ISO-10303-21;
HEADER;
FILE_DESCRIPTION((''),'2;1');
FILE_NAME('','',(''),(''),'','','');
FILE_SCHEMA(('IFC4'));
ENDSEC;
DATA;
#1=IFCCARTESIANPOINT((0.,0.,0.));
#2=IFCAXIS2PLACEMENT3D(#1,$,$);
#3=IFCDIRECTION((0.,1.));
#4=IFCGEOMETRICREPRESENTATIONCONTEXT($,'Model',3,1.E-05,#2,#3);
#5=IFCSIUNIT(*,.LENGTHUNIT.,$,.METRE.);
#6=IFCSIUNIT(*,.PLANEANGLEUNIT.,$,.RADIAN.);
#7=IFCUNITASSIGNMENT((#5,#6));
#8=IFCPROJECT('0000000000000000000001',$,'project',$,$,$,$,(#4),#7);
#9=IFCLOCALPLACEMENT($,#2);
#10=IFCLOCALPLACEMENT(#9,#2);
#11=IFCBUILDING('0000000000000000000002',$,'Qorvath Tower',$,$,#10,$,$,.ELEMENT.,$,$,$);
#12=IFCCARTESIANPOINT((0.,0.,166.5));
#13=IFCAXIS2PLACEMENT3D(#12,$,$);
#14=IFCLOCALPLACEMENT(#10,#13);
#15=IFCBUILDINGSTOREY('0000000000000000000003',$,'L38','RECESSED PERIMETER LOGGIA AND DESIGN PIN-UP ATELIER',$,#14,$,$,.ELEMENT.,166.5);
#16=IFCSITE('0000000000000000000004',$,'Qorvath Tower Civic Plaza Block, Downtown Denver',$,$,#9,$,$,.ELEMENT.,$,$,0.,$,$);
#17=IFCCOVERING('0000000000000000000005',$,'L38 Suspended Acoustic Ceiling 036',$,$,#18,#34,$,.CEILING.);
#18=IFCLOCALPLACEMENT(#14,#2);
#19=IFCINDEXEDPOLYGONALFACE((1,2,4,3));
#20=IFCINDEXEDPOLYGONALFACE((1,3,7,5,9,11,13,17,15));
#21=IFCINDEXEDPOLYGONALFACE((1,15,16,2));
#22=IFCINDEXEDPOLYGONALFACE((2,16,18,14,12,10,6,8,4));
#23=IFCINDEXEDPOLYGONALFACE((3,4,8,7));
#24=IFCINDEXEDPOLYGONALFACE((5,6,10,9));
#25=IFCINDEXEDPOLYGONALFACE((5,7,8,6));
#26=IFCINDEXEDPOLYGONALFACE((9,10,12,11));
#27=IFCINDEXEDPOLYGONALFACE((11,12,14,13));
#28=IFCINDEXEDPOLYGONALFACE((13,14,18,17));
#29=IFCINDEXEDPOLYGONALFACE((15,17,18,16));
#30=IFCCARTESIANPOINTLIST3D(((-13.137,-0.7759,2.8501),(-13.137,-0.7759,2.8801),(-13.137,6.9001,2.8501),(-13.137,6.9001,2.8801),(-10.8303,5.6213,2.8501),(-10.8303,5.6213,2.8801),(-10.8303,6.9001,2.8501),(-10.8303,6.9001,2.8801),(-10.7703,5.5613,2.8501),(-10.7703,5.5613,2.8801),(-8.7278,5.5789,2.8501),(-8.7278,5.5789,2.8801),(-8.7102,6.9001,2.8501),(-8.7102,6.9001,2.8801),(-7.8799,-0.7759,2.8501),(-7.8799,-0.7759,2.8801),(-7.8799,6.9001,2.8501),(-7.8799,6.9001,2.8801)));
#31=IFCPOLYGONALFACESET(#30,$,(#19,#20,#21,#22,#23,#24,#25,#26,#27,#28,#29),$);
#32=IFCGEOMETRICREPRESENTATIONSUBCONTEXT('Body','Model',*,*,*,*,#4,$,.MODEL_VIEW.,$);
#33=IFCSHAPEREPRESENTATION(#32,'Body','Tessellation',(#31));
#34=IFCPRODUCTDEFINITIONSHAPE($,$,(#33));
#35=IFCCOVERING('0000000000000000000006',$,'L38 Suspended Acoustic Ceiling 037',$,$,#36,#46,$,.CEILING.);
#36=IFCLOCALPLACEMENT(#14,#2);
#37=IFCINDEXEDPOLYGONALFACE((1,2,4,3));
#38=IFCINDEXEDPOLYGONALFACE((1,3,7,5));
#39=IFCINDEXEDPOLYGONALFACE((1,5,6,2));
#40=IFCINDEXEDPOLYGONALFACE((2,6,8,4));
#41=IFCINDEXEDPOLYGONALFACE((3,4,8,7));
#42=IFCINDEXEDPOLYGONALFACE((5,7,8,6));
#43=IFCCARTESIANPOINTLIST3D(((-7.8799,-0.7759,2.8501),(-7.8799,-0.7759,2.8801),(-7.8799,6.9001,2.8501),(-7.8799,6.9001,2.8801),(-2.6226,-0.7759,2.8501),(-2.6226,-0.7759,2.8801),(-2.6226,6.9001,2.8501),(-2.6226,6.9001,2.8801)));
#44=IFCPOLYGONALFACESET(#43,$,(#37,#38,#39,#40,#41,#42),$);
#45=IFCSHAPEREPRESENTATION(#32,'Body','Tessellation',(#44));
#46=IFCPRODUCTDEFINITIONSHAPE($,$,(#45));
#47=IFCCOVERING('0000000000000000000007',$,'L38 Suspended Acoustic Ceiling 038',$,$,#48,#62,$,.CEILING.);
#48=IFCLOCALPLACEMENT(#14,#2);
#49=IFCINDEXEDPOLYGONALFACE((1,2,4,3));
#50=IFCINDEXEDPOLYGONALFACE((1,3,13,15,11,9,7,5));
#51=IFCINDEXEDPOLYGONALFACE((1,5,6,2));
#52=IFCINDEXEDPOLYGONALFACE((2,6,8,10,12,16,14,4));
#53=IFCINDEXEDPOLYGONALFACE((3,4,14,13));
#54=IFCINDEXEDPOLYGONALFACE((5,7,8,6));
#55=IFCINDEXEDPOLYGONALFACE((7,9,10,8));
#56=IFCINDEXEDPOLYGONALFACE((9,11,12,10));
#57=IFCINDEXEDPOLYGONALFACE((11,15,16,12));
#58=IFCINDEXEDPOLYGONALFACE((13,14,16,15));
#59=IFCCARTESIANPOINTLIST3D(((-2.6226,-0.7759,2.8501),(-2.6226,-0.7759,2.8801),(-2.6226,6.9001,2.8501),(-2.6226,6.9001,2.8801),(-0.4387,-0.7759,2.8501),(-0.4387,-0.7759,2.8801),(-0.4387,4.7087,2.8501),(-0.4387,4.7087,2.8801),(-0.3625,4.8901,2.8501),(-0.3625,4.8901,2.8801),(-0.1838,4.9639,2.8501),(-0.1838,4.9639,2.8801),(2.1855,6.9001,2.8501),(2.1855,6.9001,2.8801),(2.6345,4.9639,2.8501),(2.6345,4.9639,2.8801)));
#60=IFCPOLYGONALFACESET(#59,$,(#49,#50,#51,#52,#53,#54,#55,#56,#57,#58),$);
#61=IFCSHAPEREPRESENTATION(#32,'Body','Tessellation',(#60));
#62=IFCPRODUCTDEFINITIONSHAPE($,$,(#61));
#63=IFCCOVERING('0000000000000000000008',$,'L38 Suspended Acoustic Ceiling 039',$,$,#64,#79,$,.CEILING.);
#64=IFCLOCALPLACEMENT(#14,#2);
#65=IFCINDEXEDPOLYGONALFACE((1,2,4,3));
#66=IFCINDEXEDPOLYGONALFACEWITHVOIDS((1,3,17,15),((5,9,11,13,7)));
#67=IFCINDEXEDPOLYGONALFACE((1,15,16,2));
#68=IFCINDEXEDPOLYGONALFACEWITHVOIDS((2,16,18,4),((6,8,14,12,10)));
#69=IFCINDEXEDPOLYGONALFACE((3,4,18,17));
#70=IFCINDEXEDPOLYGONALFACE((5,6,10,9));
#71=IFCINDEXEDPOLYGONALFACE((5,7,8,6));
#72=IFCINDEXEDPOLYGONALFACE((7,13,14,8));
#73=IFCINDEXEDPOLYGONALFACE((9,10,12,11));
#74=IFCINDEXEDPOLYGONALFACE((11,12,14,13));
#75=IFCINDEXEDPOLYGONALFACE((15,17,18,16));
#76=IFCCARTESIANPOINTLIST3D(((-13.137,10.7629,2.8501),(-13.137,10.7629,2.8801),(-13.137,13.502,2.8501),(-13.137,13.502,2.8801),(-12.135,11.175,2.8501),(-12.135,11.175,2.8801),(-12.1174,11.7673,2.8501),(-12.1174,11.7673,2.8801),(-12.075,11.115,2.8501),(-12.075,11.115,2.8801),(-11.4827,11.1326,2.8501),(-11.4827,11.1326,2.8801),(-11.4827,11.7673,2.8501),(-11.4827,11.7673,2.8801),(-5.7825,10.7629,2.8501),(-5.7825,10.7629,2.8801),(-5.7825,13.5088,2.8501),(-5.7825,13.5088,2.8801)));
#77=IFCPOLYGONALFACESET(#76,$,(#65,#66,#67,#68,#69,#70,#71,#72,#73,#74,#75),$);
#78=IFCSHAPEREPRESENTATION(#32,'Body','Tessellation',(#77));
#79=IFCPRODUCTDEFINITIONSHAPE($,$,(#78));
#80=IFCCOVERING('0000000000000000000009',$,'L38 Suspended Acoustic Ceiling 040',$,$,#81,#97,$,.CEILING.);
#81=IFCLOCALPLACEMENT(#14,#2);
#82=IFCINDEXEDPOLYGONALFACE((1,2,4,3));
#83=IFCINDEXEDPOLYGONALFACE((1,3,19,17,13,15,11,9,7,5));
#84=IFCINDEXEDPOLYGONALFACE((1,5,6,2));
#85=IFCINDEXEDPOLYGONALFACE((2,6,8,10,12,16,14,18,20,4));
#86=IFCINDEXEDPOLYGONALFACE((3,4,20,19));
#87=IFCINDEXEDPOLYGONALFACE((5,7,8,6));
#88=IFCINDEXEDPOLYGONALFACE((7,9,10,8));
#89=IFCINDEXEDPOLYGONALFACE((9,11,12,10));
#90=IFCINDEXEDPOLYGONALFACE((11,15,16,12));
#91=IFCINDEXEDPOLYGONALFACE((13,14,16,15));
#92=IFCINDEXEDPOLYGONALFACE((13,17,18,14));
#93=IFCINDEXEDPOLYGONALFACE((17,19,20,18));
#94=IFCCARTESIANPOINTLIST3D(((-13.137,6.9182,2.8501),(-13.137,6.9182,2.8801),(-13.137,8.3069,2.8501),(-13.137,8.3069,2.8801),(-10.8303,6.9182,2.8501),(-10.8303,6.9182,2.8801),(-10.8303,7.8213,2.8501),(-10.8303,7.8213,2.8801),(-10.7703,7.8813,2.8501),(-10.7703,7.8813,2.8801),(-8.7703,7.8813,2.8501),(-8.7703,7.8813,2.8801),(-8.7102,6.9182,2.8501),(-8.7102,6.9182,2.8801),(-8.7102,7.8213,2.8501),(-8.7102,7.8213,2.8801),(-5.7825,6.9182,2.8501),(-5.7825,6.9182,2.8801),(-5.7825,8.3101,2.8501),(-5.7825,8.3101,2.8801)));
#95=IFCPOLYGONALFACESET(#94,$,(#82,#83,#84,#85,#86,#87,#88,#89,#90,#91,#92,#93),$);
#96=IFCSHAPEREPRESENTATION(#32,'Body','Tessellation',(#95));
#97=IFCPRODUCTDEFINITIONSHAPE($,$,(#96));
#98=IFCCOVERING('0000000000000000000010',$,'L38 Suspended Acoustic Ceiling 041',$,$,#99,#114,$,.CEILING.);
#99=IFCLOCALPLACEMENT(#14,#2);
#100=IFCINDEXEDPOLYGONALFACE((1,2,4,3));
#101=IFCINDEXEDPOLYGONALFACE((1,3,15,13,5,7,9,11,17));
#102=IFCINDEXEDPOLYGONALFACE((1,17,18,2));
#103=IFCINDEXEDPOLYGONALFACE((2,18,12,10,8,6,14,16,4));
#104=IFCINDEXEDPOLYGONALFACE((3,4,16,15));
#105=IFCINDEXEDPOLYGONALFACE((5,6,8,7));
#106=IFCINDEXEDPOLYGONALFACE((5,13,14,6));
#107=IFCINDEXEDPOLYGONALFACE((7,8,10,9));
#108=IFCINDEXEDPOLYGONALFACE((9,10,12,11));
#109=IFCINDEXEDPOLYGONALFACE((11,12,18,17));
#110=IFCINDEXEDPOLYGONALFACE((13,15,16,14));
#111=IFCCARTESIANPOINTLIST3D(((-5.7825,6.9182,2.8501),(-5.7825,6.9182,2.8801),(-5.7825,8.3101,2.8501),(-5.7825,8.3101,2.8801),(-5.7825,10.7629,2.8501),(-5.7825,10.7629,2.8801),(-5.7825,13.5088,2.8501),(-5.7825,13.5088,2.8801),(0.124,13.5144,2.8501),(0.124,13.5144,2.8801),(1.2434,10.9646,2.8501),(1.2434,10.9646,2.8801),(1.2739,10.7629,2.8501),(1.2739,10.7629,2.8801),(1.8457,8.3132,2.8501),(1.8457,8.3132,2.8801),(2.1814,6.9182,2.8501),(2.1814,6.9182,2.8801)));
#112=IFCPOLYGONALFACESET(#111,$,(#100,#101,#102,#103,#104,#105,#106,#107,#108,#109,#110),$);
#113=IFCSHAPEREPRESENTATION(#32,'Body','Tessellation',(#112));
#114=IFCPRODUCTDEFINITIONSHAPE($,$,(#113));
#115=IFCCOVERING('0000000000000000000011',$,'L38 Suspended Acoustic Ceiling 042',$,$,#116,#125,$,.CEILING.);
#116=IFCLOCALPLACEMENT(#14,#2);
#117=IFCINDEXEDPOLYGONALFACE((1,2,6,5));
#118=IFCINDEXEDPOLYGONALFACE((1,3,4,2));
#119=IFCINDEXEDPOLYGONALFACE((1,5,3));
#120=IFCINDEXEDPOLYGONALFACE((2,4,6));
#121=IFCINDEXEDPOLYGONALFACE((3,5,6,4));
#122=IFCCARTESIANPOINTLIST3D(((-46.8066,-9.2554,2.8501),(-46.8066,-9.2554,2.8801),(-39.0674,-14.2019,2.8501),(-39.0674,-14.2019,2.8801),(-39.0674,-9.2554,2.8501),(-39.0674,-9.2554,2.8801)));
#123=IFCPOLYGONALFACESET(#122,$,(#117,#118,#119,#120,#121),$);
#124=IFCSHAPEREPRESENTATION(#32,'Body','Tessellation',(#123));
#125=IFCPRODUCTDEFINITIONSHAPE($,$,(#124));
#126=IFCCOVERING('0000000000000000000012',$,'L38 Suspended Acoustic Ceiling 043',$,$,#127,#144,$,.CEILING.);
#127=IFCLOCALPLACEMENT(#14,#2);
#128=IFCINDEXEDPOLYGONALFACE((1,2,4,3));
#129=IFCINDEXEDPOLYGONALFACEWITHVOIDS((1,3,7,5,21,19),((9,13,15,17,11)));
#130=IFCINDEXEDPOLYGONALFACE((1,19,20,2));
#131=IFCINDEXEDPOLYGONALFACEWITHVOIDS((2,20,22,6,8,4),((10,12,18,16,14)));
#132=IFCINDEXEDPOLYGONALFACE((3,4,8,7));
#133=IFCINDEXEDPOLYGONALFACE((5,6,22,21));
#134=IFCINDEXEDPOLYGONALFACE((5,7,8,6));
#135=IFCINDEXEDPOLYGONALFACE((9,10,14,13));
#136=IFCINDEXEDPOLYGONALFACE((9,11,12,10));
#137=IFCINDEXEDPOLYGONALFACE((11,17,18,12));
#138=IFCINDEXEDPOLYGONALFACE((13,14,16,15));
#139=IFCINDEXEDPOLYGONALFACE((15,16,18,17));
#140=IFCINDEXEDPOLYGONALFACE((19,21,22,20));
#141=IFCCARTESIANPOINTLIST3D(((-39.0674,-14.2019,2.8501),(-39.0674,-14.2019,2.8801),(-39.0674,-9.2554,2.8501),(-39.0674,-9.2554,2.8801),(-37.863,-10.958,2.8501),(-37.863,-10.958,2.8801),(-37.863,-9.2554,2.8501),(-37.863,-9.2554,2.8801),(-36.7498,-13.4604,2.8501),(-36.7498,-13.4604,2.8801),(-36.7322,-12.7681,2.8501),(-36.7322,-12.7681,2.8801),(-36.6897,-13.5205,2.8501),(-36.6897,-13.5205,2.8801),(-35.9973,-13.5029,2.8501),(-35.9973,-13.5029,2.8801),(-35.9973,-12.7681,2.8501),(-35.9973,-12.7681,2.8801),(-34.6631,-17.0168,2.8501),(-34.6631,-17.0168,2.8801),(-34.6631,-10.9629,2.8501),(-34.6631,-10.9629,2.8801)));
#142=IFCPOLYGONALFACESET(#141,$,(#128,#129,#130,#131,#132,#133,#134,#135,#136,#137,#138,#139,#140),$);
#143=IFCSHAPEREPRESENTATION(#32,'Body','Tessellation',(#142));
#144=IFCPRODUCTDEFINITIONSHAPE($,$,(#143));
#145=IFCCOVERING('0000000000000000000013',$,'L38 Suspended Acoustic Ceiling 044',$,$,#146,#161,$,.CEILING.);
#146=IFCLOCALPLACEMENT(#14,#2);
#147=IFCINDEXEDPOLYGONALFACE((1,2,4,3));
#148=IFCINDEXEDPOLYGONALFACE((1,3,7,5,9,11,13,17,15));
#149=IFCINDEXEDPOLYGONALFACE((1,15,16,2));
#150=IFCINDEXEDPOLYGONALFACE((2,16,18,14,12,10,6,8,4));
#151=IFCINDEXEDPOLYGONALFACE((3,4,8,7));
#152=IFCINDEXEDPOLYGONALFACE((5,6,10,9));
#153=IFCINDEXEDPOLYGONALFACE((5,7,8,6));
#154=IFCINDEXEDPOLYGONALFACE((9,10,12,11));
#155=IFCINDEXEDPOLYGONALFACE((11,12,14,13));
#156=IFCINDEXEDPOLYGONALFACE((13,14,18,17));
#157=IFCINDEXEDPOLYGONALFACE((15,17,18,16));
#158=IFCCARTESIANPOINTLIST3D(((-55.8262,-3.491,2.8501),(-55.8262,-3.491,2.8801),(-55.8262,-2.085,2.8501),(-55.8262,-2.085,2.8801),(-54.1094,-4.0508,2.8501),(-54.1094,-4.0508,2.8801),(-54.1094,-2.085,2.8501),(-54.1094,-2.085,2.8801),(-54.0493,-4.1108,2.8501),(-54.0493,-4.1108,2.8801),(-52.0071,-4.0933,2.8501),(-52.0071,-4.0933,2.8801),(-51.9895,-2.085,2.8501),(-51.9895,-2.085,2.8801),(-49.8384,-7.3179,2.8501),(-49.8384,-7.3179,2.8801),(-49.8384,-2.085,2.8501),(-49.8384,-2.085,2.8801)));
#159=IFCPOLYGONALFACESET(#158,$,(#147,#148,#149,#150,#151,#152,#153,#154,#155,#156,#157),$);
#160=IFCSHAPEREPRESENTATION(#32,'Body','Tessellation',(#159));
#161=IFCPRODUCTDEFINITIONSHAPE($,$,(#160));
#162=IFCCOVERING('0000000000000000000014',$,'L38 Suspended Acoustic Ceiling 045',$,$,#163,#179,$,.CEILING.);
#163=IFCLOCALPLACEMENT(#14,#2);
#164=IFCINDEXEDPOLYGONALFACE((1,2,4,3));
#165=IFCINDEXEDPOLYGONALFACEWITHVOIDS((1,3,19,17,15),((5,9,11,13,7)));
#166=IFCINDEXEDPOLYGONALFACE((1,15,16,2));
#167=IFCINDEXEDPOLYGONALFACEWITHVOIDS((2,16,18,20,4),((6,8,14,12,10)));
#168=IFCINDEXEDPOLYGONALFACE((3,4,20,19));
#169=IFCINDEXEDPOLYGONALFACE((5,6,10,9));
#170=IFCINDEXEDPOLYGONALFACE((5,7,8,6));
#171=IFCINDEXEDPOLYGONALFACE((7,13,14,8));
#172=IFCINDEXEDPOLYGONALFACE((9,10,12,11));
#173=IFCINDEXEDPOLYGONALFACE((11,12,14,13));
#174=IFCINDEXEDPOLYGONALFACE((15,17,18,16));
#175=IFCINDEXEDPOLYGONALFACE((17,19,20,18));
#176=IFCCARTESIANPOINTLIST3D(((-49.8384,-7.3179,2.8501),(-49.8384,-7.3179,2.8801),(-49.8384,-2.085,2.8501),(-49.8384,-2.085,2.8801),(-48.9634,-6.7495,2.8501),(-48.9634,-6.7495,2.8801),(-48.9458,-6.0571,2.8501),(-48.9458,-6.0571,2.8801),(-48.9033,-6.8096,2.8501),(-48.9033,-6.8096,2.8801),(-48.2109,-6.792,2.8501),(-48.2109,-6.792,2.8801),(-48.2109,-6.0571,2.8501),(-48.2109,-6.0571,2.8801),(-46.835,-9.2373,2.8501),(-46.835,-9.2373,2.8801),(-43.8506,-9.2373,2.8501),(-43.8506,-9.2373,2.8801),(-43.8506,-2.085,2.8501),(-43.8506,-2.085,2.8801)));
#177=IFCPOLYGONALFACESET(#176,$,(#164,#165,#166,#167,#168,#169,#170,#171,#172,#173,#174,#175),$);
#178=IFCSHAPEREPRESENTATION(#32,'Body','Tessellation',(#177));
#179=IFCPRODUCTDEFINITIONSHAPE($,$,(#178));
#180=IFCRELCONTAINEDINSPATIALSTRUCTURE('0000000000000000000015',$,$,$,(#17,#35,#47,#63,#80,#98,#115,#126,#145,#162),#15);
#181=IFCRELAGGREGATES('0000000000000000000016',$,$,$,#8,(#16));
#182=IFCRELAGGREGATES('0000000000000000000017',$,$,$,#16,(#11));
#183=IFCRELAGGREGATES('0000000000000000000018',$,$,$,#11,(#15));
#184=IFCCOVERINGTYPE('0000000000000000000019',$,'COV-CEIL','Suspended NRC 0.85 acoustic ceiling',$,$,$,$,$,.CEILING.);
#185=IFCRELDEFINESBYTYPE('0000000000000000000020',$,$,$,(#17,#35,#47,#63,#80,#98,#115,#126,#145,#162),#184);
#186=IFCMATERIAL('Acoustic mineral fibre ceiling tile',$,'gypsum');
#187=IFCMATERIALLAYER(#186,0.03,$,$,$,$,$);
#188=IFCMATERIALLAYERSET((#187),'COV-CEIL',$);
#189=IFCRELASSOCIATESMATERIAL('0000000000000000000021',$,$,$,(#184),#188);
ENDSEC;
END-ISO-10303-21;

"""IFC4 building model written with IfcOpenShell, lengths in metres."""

from ifc_helpers import new_model, si_unit, direction, frame, origin, place, context, subcontext, project, spatial, polyline, outline, extrude, material, layer, layer_set, type_object, element, save


model = new_model("IFC4")

# Units and contexts
model_context = context("Model", 3, precision=1e-05, world=origin(), true_north=direction((0.0, 1.0)))
body_context = subcontext(model_context, "Body", "Model", "MODEL_VIEW")
ifc_project = project(units=[si_unit("LENGTHUNIT", "METRE"), si_unit("PLANEANGLEUNIT", "RADIAN")], contexts=[model_context])

# Site, building, storey
site_placement = place(None, origin())
site = spatial("IfcSite", under=ifc_project, at=site_placement, Name="Qorvath Tower Civic Plaza Block, Downtown Denver", CompositionType="ELEMENT", RefElevation=0.0)
building_placement = place(site_placement, origin())
building = spatial("IfcBuilding", under=site, at=building_placement, Name="Qorvath Tower", CompositionType="ELEMENT")
storey_placement = place(building_placement, frame((0.0, 0.0, 166.5)))
storey = spatial("IfcBuildingStorey", under=building, at=storey_placement, Name="L38", Description="RECESSED PERIMETER LOGGIA AND DESIGN PIN-UP ATELIER", CompositionType="ELEMENT", Elevation=166.5)

# Coverings
ifc_material_1 = material(Name="Acoustic mineral fibre ceiling tile", Category="gypsum")
ifc_layer_1 = layer(ifc_material_1, 0.03)
ifc_layer_set_1 = layer_set([ifc_layer_1], Name="COV-CEIL")
covering_type_1 = type_object("IfcCoveringType", Name="COV-CEIL", Description="Suspended NRC 0.85 acoustic ceiling", PredefinedType="CEILING", material=ifc_layer_set_1)
covering_1_placement = place(storey_placement, frame((0.0, 0.0, 2.8501)))
element("IfcCovering", 1, at=covering_1_placement, inside=storey, type_object=covering_type_1, Name="L38 Suspended Acoustic Ceiling 036", PredefinedType="CEILING", context=body_context, shape_type="SweptSolid", body=[
    extrude(outline(polyline([(-7.8799, -0.7759), (-7.8799, 6.9001), (-8.7102, 6.9001), (-8.7278, 5.5789), (-10.7703, 5.5613), (-10.8303, 5.6213), (-10.8303, 6.9001), (-13.137, 6.9001), (-13.137, -0.7759), (-7.8799, -0.7759)])), origin(), (0.0, 0.0, 1.0), 0.03),
])
covering_2_placement = place(storey_placement, frame((0.0, 0.0, 2.8501)))
element("IfcCovering", 2, at=covering_2_placement, inside=storey, type_object=covering_type_1, Name="L38 Suspended Acoustic Ceiling 037", PredefinedType="CEILING", context=body_context, shape_type="SweptSolid", body=[
    extrude(outline(polyline([(-2.6226, -0.7759), (-2.6226, 6.9001), (-7.8799, 6.9001), (-7.8799, -0.7759), (-2.6226, -0.7759)])), origin(), (0.0, 0.0, 1.0), 0.03),
])
covering_3_placement = place(storey_placement, frame((0.0, 0.0, 2.8501)))
element("IfcCovering", 3, at=covering_3_placement, inside=storey, type_object=covering_type_1, Name="L38 Suspended Acoustic Ceiling 038", PredefinedType="CEILING", context=body_context, shape_type="SweptSolid", body=[
    extrude(outline(polyline([(-0.3625, 4.8901), (-0.1838, 4.9639), (2.6345, 4.9639), (2.1855, 6.9001), (-2.6226, 6.9001), (-2.6226, -0.7759), (-0.4387, -0.7759), (-0.4387, 4.7087), (-0.3625, 4.8901)])), origin(), (0.0, 0.0, 1.0), 0.03),
])
covering_4_placement = place(storey_placement, frame((0.0, 0.0, 2.8501)))
element("IfcCovering", 4, at=covering_4_placement, inside=storey, type_object=covering_type_1, Name="L38 Suspended Acoustic Ceiling 039", PredefinedType="CEILING", context=body_context, shape_type="SweptSolid", body=[
    extrude(outline(polyline([(-5.7825, 10.7629), (-5.7825, 13.5088), (-13.137, 13.502), (-13.137, 10.7629), (-5.7825, 10.7629)]), holes=[polyline([(-12.135, 11.175), (-12.1174, 11.7673), (-11.4827, 11.7673), (-11.4827, 11.1326), (-12.075, 11.115), (-12.135, 11.175)])]), origin(), (0.0, 0.0, 1.0), 0.03),
])
covering_5_placement = place(storey_placement, frame((0.0, 0.0, 2.8501)))
element("IfcCovering", 5, at=covering_5_placement, inside=storey, type_object=covering_type_1, Name="L38 Suspended Acoustic Ceiling 040", PredefinedType="CEILING", context=body_context, shape_type="SweptSolid", body=[
    extrude(outline(polyline([(-8.7102, 7.8213), (-8.7102, 6.9182), (-5.7825, 6.9182), (-5.7825, 8.3101), (-13.137, 8.3069), (-13.137, 6.9182), (-10.8303, 6.9182), (-10.8303, 7.8213), (-10.7703, 7.8813), (-8.7703, 7.8813), (-8.7102, 7.8213)])), origin(), (0.0, 0.0, 1.0), 0.03),
])
covering_6_placement = place(storey_placement, frame((0.0, 0.0, 2.8501)))
element("IfcCovering", 6, at=covering_6_placement, inside=storey, type_object=covering_type_1, Name="L38 Suspended Acoustic Ceiling 041", PredefinedType="CEILING", context=body_context, shape_type="SweptSolid", body=[
    extrude(outline(polyline([(-5.7825, 8.3101), (-5.7825, 6.9182), (2.1814, 6.9182), (1.2434, 10.9646), (0.124, 13.5144), (-5.7825, 13.5088), (-5.7825, 10.7629), (1.2739, 10.7629), (1.8457, 8.3132), (-5.7825, 8.3101)])), origin(), (0.0, 0.0, 1.0), 0.03),
])
covering_7_placement = place(storey_placement, frame((0.0, 0.0, 2.8501)))
element("IfcCovering", 7, at=covering_7_placement, inside=storey, type_object=covering_type_1, Name="L38 Suspended Acoustic Ceiling 042", PredefinedType="CEILING", context=body_context, shape_type="SweptSolid", body=[
    extrude(outline(polyline([(-39.0674, -14.2019), (-39.0674, -9.2554), (-46.8066, -9.2554), (-39.0674, -14.2019)])), origin(), (0.0, 0.0, 1.0), 0.03),
])
covering_8_placement = place(storey_placement, frame((0.0, 0.0, 2.8501)))
element("IfcCovering", 8, at=covering_8_placement, inside=storey, type_object=covering_type_1, Name="L38 Suspended Acoustic Ceiling 043", PredefinedType="CEILING", context=body_context, shape_type="SweptSolid", body=[
    extrude(outline(polyline([(-37.863, -10.958), (-37.863, -9.2554), (-39.0674, -9.2554), (-39.0674, -14.2019), (-34.6631, -17.0168), (-34.6631, -10.9629), (-37.863, -10.958)]), holes=[polyline([(-36.7498, -13.4604), (-36.7322, -12.7681), (-35.9973, -12.7681), (-35.9973, -13.5029), (-36.6897, -13.5205), (-36.7498, -13.4604)])]), origin(), (0.0, 0.0, 1.0), 0.03),
])
covering_9_placement = place(storey_placement, frame((0.0, 0.0, 2.8501)))
element("IfcCovering", 9, at=covering_9_placement, inside=storey, type_object=covering_type_1, Name="L38 Suspended Acoustic Ceiling 044", PredefinedType="CEILING", context=body_context, shape_type="SweptSolid", body=[
    extrude(outline(polyline([(-54.1094, -2.085), (-55.8262, -2.085), (-55.8262, -3.491), (-49.8384, -7.3179), (-49.8384, -2.085), (-51.9895, -2.085), (-52.0071, -4.0933), (-54.0493, -4.1108), (-54.1094, -4.0508), (-54.1094, -2.085)])), origin(), (0.0, 0.0, 1.0), 0.03),
])
covering_10_placement = place(storey_placement, frame((0.0, 0.0, 2.8501)))
element("IfcCovering", 10, at=covering_10_placement, inside=storey, type_object=covering_type_1, Name="L38 Suspended Acoustic Ceiling 045", PredefinedType="CEILING", context=body_context, shape_type="SweptSolid", body=[
    extrude(outline(polyline([(-49.8384, -2.085), (-49.8384, -7.3179), (-46.835, -9.2373), (-43.8506, -9.2373), (-43.8506, -2.085), (-49.8384, -2.085)]), holes=[polyline([(-48.9634, -6.7495), (-48.9458, -6.0571), (-48.2109, -6.0571), (-48.2109, -6.792), (-48.9033, -6.8096), (-48.9634, -6.7495)])]), origin(), (0.0, 0.0, 1.0), 0.03),
])

save(model, "model.ifc")
